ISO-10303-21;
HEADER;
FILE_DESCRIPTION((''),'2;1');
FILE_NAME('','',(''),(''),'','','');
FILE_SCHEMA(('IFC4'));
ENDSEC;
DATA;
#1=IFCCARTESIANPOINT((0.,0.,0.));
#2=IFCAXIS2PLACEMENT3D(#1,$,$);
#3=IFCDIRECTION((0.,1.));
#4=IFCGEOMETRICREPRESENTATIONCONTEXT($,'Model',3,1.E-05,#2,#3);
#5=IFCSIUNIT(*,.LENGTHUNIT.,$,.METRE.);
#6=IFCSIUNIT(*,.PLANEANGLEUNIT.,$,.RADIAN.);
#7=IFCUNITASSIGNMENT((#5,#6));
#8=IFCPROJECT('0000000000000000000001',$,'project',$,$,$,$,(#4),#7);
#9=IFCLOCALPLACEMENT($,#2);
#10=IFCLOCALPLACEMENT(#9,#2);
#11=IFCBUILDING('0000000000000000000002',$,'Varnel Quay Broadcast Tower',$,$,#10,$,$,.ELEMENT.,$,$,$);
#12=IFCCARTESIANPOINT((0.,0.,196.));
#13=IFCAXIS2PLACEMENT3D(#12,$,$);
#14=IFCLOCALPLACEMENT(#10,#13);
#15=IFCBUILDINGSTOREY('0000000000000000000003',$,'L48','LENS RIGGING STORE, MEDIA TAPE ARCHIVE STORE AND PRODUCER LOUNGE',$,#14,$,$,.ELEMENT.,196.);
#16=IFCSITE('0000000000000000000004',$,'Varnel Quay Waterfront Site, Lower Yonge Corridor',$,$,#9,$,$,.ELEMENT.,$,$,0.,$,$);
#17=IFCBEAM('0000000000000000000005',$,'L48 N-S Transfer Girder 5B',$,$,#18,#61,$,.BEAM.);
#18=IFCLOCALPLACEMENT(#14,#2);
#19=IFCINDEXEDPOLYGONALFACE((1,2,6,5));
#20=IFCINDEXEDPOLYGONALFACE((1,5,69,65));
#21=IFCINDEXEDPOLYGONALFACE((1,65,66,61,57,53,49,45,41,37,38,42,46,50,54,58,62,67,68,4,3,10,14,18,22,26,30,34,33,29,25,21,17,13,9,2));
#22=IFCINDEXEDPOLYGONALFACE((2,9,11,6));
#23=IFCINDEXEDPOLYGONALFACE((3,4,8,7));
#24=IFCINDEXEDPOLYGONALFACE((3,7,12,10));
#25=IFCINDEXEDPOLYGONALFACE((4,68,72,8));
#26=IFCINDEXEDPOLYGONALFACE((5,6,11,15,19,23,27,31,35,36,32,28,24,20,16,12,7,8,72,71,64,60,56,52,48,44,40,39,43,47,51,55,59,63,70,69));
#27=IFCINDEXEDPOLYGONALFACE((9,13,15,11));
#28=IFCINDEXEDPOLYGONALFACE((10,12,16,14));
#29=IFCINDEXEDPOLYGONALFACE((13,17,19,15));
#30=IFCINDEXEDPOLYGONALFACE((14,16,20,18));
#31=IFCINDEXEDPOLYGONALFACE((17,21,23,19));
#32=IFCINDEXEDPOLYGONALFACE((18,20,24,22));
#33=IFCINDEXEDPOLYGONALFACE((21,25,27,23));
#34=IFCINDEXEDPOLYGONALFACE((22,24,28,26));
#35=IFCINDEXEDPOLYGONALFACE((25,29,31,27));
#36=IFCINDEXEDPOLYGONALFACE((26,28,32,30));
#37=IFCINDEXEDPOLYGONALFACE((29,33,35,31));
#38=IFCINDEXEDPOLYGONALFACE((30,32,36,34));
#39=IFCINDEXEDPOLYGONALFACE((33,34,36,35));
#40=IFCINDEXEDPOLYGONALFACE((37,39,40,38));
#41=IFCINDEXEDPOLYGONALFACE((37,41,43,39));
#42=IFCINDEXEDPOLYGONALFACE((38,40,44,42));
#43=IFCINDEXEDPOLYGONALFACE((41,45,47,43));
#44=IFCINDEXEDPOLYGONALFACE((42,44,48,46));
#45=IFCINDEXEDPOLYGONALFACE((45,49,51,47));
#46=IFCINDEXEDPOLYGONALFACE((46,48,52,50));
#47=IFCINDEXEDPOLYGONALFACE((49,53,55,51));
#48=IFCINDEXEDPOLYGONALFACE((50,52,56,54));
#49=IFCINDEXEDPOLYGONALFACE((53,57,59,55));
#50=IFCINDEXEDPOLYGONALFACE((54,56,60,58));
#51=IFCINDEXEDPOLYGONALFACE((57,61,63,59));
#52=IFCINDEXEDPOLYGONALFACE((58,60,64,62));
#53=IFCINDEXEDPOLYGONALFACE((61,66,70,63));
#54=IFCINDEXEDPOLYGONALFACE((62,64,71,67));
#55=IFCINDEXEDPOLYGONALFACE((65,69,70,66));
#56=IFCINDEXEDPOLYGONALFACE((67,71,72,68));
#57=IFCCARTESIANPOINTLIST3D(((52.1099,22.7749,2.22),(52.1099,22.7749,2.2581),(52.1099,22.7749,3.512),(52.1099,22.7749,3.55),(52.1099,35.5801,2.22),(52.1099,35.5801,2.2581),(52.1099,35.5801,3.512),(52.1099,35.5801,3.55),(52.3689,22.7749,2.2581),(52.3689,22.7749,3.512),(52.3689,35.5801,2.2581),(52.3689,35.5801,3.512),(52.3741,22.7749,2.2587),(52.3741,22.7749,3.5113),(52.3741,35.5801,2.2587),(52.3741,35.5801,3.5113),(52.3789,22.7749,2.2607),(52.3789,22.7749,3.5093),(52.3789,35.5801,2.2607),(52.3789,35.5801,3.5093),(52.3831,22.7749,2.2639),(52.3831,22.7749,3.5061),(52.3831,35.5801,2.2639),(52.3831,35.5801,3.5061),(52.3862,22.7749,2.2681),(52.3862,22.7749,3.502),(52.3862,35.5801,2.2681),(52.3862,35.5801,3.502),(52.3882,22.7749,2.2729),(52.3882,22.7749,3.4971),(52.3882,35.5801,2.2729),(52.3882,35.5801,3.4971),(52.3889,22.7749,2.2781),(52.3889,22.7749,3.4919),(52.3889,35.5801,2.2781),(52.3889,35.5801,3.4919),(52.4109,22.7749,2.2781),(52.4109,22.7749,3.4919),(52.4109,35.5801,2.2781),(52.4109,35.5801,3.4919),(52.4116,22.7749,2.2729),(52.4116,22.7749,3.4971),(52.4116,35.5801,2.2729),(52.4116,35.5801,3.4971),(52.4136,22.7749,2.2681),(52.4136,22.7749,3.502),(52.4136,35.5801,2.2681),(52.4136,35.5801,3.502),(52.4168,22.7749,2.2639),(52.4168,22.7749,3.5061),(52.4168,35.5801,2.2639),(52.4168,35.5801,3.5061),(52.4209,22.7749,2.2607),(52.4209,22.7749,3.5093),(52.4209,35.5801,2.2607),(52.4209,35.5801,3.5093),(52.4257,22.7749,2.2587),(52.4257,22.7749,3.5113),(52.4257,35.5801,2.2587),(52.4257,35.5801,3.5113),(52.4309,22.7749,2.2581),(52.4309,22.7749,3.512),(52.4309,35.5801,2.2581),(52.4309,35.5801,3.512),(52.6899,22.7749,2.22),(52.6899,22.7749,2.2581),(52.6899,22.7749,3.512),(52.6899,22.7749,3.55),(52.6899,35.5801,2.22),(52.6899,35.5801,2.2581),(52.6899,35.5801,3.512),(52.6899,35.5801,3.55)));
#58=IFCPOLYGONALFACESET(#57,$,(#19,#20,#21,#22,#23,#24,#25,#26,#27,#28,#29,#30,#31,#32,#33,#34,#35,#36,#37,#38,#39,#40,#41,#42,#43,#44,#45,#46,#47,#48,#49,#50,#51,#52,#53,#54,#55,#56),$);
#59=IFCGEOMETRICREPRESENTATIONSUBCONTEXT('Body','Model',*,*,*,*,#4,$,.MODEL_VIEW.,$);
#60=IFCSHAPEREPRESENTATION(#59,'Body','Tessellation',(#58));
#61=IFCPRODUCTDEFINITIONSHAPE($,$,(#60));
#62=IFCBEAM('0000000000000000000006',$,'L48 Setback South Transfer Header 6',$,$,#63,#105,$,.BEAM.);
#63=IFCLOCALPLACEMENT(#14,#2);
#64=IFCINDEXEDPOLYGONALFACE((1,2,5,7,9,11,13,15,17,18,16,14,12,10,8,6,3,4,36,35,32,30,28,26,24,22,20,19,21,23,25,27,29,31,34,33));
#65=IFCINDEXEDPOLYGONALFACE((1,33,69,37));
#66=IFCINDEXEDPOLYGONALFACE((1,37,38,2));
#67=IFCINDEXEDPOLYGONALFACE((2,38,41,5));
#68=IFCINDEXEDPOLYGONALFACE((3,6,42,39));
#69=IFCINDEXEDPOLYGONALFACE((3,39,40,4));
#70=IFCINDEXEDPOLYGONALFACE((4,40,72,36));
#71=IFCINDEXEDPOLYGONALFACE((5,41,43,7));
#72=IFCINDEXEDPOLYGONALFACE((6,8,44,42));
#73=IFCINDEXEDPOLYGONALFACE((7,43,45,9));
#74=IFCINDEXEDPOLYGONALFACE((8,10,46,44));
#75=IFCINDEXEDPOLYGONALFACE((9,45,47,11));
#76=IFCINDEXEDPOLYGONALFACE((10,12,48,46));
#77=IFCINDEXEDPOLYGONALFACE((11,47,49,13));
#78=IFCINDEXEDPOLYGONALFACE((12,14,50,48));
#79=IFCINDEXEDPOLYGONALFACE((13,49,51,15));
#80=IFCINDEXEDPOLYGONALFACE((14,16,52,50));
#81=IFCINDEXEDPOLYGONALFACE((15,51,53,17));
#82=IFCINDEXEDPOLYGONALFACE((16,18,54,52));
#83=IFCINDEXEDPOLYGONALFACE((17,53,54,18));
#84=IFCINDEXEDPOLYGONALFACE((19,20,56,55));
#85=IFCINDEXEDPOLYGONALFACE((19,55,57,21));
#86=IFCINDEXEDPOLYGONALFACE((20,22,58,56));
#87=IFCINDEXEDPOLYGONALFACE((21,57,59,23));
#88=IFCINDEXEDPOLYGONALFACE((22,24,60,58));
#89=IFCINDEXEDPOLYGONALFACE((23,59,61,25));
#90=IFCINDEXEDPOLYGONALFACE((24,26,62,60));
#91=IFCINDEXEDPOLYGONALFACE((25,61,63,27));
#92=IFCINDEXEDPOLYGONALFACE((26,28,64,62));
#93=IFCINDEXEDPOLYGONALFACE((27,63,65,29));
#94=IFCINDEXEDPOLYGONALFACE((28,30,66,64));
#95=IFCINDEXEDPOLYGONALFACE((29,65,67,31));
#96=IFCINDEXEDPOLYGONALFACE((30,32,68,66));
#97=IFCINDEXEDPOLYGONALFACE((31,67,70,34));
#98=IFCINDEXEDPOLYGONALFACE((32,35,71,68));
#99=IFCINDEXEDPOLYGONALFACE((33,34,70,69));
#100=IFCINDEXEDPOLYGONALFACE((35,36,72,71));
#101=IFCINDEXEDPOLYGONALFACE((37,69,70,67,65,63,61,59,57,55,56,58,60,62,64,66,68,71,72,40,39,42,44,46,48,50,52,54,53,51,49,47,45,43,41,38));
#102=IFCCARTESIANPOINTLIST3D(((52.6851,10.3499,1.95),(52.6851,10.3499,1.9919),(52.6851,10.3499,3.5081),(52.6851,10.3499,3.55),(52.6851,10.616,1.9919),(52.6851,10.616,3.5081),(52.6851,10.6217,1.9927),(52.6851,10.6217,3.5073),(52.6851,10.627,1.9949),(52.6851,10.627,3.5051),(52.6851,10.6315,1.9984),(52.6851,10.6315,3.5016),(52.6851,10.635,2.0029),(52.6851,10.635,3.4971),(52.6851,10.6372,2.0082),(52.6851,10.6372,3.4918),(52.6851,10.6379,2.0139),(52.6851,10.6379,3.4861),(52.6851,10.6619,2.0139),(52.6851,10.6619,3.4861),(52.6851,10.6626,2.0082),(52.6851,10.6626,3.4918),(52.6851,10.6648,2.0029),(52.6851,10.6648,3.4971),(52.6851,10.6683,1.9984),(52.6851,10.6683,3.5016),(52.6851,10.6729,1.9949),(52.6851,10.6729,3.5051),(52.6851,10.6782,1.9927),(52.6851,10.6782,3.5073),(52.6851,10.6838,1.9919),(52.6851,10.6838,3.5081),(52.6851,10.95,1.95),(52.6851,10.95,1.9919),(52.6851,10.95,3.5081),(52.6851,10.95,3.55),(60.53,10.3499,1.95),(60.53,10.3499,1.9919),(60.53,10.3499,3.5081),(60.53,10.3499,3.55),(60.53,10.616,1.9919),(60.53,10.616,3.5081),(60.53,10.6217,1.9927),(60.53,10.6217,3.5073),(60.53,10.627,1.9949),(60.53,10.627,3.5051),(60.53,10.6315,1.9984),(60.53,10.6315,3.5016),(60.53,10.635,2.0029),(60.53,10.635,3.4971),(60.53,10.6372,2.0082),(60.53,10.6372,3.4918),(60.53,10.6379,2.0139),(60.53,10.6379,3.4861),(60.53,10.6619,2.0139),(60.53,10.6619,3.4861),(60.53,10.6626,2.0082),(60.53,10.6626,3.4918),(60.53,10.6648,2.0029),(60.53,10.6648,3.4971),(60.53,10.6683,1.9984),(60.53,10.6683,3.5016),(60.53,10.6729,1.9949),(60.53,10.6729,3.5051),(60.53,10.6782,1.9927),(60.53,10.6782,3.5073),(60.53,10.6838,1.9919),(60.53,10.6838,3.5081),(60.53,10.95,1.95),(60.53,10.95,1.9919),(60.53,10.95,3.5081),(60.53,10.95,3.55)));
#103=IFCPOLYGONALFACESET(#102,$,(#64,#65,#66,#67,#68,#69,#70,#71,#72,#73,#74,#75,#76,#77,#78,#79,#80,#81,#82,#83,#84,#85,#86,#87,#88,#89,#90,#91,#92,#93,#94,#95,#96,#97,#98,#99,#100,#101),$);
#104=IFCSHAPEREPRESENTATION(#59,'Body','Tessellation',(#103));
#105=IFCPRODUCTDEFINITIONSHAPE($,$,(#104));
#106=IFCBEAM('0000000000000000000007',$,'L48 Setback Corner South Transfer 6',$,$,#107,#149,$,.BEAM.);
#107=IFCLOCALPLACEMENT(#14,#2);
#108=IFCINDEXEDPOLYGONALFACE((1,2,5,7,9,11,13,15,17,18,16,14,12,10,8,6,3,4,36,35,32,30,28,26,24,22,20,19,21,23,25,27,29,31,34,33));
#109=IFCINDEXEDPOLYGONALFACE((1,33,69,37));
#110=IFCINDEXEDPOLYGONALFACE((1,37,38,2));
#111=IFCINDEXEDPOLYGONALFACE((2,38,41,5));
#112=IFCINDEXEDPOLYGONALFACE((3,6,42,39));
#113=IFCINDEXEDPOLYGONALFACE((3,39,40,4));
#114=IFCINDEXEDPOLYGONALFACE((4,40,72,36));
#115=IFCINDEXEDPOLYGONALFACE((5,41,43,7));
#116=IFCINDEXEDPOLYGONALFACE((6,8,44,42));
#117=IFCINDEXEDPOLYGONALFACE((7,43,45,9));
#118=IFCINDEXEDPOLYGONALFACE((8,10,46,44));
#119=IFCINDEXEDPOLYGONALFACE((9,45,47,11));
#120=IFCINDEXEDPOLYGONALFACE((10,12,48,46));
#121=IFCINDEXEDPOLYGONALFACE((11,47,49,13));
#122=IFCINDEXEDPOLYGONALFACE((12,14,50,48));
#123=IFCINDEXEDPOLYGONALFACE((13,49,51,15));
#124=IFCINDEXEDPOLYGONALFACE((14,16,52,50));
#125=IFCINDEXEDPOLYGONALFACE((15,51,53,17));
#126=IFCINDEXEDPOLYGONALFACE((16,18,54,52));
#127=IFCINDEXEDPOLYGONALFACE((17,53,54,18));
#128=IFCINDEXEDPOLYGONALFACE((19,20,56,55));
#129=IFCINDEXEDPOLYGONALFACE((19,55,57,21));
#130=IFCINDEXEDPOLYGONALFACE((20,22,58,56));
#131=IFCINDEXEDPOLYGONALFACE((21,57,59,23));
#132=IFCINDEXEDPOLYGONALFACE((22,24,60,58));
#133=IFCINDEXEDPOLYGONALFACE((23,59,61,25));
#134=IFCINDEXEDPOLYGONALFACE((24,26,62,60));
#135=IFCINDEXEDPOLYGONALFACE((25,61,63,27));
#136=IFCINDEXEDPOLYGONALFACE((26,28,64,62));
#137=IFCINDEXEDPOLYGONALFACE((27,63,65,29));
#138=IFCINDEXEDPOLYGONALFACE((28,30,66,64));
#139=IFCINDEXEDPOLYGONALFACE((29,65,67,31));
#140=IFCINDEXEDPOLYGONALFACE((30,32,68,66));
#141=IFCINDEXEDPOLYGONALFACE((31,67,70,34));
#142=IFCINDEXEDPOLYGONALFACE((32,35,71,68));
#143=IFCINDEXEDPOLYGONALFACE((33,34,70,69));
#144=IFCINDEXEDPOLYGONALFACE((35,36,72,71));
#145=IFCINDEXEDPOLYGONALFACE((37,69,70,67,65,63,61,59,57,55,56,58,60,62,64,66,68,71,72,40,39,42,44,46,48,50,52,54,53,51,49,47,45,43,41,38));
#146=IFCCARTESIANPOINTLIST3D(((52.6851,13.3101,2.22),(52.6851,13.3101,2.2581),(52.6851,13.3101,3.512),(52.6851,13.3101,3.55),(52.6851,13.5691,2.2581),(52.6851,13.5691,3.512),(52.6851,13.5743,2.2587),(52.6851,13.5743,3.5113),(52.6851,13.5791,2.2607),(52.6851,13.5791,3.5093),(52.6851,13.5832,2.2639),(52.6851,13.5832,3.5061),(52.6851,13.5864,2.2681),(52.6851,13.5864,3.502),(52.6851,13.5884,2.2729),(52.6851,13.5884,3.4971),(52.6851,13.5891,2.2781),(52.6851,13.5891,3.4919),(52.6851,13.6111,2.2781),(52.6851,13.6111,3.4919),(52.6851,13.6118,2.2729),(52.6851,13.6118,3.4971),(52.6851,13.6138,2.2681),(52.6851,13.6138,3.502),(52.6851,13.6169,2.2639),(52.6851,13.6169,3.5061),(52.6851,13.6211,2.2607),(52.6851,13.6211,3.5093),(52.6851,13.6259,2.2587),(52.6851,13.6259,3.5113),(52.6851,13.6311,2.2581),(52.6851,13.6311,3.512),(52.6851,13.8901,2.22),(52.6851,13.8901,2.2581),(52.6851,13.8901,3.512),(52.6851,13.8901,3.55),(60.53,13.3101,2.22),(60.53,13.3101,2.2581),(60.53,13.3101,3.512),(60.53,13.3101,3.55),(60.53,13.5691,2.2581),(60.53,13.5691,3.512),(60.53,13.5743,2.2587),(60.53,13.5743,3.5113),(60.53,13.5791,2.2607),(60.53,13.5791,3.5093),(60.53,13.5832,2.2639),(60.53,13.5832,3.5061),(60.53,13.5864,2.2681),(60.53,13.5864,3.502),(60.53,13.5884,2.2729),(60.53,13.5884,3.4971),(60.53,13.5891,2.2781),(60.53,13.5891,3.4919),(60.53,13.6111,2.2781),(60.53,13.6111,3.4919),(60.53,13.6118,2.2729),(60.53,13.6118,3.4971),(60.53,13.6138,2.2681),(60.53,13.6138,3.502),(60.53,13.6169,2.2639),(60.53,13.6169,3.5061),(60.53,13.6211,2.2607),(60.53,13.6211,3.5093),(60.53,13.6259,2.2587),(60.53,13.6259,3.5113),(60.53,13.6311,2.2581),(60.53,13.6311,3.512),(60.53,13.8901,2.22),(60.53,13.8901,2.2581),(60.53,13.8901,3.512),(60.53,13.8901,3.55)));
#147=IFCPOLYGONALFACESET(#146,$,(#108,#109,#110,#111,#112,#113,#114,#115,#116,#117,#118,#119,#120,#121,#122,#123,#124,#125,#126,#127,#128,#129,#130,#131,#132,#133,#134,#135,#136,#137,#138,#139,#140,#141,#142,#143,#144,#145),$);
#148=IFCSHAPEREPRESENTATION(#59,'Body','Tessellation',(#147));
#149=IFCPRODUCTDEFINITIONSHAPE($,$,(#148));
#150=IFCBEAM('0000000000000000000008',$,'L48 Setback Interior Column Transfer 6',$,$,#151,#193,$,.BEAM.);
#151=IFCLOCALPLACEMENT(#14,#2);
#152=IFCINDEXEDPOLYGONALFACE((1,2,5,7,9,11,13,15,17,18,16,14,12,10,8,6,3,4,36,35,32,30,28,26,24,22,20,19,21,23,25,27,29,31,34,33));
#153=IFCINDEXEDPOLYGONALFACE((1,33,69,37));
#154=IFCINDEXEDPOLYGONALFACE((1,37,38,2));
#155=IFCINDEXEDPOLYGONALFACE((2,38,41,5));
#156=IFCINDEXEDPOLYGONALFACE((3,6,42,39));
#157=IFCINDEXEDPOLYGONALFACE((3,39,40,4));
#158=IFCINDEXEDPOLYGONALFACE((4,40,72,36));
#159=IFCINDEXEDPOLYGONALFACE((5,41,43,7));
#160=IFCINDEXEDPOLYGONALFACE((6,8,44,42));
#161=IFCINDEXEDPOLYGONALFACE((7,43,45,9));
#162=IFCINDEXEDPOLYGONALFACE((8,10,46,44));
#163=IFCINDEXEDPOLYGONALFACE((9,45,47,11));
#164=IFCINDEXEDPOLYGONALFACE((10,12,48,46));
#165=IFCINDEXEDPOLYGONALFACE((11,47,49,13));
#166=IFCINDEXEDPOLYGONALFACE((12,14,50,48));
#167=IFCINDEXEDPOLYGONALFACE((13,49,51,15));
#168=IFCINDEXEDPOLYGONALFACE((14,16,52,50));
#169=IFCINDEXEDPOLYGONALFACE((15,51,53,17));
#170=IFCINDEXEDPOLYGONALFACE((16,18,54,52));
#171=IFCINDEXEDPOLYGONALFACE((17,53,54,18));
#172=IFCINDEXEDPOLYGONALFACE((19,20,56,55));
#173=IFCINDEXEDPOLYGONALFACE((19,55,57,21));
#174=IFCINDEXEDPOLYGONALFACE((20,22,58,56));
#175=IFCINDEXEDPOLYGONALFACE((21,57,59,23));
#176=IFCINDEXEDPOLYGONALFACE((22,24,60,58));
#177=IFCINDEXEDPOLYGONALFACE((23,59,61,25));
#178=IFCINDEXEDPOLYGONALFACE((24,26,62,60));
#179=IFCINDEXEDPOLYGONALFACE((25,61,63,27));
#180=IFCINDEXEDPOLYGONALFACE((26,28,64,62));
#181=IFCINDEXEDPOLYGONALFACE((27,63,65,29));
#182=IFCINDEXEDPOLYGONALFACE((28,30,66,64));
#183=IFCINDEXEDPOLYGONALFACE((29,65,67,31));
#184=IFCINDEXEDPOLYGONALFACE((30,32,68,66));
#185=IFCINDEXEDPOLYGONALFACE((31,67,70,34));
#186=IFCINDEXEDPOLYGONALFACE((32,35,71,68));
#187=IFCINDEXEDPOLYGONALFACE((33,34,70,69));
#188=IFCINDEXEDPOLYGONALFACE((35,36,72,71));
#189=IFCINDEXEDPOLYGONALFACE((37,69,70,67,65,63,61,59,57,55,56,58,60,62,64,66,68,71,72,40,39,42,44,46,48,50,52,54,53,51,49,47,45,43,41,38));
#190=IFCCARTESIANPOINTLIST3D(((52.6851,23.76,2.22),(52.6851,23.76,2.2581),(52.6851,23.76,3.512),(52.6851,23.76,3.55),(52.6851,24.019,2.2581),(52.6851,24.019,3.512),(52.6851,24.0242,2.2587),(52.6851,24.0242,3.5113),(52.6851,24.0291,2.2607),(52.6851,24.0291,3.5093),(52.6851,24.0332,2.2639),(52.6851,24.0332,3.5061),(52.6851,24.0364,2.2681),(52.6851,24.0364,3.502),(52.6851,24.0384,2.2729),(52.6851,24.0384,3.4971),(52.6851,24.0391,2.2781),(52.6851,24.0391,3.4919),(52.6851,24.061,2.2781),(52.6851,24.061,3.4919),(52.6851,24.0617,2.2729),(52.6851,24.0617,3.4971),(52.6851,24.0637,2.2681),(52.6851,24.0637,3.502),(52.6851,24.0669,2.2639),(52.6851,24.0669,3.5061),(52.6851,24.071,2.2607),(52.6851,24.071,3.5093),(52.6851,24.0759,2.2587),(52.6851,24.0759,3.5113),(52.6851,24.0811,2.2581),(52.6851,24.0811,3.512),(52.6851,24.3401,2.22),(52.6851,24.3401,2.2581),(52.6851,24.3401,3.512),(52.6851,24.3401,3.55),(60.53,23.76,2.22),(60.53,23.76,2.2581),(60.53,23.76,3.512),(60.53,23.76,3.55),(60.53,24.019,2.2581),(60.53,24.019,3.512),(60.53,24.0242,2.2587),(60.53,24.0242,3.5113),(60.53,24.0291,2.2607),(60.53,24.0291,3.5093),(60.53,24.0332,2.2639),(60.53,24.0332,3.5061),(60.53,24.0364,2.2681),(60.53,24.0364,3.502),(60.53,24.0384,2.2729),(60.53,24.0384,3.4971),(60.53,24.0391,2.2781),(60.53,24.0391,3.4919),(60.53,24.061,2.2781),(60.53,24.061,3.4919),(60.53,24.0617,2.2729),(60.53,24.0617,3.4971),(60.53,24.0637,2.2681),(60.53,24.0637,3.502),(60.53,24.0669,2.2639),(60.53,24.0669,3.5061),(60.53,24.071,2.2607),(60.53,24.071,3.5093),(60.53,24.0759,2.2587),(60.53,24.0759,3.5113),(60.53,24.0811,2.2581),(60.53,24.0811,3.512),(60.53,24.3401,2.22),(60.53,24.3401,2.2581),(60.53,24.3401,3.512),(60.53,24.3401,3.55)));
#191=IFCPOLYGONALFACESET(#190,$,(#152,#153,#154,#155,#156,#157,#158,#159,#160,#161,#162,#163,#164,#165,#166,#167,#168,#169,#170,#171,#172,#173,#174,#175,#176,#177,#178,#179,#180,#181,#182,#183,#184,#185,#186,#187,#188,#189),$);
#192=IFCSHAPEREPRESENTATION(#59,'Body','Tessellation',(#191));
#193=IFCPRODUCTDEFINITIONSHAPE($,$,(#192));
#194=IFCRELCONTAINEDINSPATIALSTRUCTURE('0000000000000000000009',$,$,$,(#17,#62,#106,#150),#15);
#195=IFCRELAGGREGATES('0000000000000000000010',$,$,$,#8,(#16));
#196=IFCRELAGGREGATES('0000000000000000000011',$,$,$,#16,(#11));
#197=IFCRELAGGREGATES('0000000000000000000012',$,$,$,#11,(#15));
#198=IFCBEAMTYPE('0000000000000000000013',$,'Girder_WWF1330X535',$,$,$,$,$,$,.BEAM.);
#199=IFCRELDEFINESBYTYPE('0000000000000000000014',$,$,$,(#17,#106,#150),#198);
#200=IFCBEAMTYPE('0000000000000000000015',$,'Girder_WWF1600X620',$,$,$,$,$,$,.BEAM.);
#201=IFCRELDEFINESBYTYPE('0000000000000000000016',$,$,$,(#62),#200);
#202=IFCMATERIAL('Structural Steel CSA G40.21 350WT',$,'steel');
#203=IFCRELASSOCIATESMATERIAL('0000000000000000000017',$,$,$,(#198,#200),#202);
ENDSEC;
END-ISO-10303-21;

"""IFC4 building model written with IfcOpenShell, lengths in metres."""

from ifc_helpers import new_model, si_unit, direction, frame, origin, origin_2d, place, context, subcontext, project, spatial, i_section, extrude, source, transform, mapped, material, material_profile, profile_set, type_object, element, save


model = new_model("IFC4")

# Units and contexts
model_context = context("Model", 3, precision=1e-05, world=origin(), true_north=direction((0.0, 1.0)))
body_context = subcontext(model_context, "Body", "Model", "MODEL_VIEW")
ifc_project = project(units=[si_unit("LENGTHUNIT", "METRE"), si_unit("PLANEANGLEUNIT", "RADIAN")], contexts=[model_context])

# Site, building, storey
site_placement = place(None, origin())
site = spatial("IfcSite", under=ifc_project, at=site_placement, Name="Varnel Quay Waterfront Site, Lower Yonge Corridor", CompositionType="ELEMENT", RefElevation=0.0)
building_placement = place(site_placement, origin())
building = spatial("IfcBuilding", under=site, at=building_placement, Name="Varnel Quay Broadcast Tower", CompositionType="ELEMENT")
storey_placement = place(building_placement, frame((0.0, 0.0, 196.0)))
storey = spatial("IfcBuildingStorey", under=building, at=storey_placement, Name="L48", Description="LENS RIGGING STORE, MEDIA TAPE ARCHIVE STORE AND PRODUCER LOUNGE", CompositionType="ELEMENT", Elevation=196.0)

# Shared definitions
ifc_material_1 = material(Name="Structural Steel CSA G40.21 350WT", Category="steel")

# Beams
ifc_material_profile_1 = material_profile(ifc_material_1, i_section(OverallWidth=0.5801, OverallDepth=1.3301, WebThickness=0.022, FlangeThickness=0.0381, FilletRadius=0.02, at=origin_2d()), Name="WWF1330X535")
ifc_profile_set_1 = profile_set([ifc_material_profile_1], Name="Structural Steel CSA G40.21 350WT")
beam_type_1 = type_object("IfcBeamType", Name="Girder_WWF1330X535", PredefinedType="BEAM", material=ifc_profile_set_1)
ifc_material_profile_2 = material_profile(ifc_material_1, i_section(OverallWidth=0.6001, OverallDepth=1.6001, WebThickness=0.0239, FlangeThickness=0.042, FilletRadius=0.022, at=origin_2d()), Name="WWF1600X620")
ifc_profile_set_2 = profile_set([ifc_material_profile_2], Name="Structural Steel CSA G40.21 350WT")
beam_type_2 = type_object("IfcBeamType", Name="Girder_WWF1600X620", PredefinedType="BEAM", material=ifc_profile_set_2)
shared_shape_1 = source(origin(), body_context, "Body", "SweptSolid", [
    extrude(i_section(OverallWidth=0.5801, OverallDepth=1.3301, WebThickness=0.022, FlangeThickness=0.0381, FilletRadius=0.02, at=origin_2d()), origin(), (0.0, 0.0, 1.0), 12.8052),
])
beam_1_placement = place(storey_placement, frame((52.3999, 22.7749, 2.885), z_axis=(0.0, 1.0, 0.0), x_axis=(-1.0, 0.0, 0.0)))
element("IfcBeam", 1, at=beam_1_placement, inside=storey, type_object=beam_type_1, Name="L48 N-S Transfer Girder 5B", PredefinedType="BEAM", context=body_context, shape_type="MappedRepresentation", body=[
    mapped(shared_shape_1, transform((0.0, 0.0, 0.0), x_axis=(1.0, 0.0, 0.0), y_axis=(0.0, 1.0, 0.0), z_axis=(0.0, 0.0, 1.0), scale=1.0)),
])
shared_shape_2 = source(origin(), body_context, "Body", "SweptSolid", [
    extrude(i_section(OverallWidth=0.6001, OverallDepth=1.6001, WebThickness=0.0239, FlangeThickness=0.042, FilletRadius=0.022, at=origin_2d()), origin(), (0.0, 0.0, 1.0), 7.845),
])
beam_2_placement = place(storey_placement, frame((52.6851, 10.6499, 2.75), z_axis=(1.0, 0.0, 0.0), x_axis=(0.0, 1.0, 0.0)))
element("IfcBeam", 2, at=beam_2_placement, inside=storey, type_object=beam_type_2, Name="L48 Setback South Transfer Header 6", PredefinedType="BEAM", context=body_context, shape_type="MappedRepresentation", body=[
    mapped(shared_shape_2, transform((0.0, 0.0, 0.0), x_axis=(1.0, 0.0, 0.0), y_axis=(0.0, 1.0, 0.0), z_axis=(0.0, 0.0, 1.0), scale=1.0)),
])
shared_shape_3 = source(origin(), body_context, "Body", "SweptSolid", [
    extrude(i_section(OverallWidth=0.5801, OverallDepth=1.3301, WebThickness=0.022, FlangeThickness=0.0381, FilletRadius=0.02, at=origin_2d()), origin(), (0.0, 0.0, 1.0), 7.845),
])
for number, where, z_axis, x_axis, name in (
    (3, (52.6851, 13.6001, 2.885), (1.0, 0.0, 0.0), (0.0, 1.0, 0.0), "L48 Setback Corner South Transfer 6"),
    (4, (52.6851, 24.05, 2.885), (1.0, 0.0, 0.0), (0.0, 1.0, 0.0), "L48 Setback Interior Column Transfer 6"),
):
    element("IfcBeam", number, at=place(storey_placement, frame(where, z_axis=z_axis, x_axis=x_axis)), inside=storey, type_object=beam_type_1, Name=name, PredefinedType="BEAM", context=body_context, shape_type="MappedRepresentation", body=[
        mapped(shared_shape_3, transform((0.0, 0.0, 0.0), x_axis=(1.0, 0.0, 0.0), y_axis=(0.0, 1.0, 0.0), z_axis=(0.0, 0.0, 1.0), scale=1.0)),
    ])

save(model, "model.ifc")
